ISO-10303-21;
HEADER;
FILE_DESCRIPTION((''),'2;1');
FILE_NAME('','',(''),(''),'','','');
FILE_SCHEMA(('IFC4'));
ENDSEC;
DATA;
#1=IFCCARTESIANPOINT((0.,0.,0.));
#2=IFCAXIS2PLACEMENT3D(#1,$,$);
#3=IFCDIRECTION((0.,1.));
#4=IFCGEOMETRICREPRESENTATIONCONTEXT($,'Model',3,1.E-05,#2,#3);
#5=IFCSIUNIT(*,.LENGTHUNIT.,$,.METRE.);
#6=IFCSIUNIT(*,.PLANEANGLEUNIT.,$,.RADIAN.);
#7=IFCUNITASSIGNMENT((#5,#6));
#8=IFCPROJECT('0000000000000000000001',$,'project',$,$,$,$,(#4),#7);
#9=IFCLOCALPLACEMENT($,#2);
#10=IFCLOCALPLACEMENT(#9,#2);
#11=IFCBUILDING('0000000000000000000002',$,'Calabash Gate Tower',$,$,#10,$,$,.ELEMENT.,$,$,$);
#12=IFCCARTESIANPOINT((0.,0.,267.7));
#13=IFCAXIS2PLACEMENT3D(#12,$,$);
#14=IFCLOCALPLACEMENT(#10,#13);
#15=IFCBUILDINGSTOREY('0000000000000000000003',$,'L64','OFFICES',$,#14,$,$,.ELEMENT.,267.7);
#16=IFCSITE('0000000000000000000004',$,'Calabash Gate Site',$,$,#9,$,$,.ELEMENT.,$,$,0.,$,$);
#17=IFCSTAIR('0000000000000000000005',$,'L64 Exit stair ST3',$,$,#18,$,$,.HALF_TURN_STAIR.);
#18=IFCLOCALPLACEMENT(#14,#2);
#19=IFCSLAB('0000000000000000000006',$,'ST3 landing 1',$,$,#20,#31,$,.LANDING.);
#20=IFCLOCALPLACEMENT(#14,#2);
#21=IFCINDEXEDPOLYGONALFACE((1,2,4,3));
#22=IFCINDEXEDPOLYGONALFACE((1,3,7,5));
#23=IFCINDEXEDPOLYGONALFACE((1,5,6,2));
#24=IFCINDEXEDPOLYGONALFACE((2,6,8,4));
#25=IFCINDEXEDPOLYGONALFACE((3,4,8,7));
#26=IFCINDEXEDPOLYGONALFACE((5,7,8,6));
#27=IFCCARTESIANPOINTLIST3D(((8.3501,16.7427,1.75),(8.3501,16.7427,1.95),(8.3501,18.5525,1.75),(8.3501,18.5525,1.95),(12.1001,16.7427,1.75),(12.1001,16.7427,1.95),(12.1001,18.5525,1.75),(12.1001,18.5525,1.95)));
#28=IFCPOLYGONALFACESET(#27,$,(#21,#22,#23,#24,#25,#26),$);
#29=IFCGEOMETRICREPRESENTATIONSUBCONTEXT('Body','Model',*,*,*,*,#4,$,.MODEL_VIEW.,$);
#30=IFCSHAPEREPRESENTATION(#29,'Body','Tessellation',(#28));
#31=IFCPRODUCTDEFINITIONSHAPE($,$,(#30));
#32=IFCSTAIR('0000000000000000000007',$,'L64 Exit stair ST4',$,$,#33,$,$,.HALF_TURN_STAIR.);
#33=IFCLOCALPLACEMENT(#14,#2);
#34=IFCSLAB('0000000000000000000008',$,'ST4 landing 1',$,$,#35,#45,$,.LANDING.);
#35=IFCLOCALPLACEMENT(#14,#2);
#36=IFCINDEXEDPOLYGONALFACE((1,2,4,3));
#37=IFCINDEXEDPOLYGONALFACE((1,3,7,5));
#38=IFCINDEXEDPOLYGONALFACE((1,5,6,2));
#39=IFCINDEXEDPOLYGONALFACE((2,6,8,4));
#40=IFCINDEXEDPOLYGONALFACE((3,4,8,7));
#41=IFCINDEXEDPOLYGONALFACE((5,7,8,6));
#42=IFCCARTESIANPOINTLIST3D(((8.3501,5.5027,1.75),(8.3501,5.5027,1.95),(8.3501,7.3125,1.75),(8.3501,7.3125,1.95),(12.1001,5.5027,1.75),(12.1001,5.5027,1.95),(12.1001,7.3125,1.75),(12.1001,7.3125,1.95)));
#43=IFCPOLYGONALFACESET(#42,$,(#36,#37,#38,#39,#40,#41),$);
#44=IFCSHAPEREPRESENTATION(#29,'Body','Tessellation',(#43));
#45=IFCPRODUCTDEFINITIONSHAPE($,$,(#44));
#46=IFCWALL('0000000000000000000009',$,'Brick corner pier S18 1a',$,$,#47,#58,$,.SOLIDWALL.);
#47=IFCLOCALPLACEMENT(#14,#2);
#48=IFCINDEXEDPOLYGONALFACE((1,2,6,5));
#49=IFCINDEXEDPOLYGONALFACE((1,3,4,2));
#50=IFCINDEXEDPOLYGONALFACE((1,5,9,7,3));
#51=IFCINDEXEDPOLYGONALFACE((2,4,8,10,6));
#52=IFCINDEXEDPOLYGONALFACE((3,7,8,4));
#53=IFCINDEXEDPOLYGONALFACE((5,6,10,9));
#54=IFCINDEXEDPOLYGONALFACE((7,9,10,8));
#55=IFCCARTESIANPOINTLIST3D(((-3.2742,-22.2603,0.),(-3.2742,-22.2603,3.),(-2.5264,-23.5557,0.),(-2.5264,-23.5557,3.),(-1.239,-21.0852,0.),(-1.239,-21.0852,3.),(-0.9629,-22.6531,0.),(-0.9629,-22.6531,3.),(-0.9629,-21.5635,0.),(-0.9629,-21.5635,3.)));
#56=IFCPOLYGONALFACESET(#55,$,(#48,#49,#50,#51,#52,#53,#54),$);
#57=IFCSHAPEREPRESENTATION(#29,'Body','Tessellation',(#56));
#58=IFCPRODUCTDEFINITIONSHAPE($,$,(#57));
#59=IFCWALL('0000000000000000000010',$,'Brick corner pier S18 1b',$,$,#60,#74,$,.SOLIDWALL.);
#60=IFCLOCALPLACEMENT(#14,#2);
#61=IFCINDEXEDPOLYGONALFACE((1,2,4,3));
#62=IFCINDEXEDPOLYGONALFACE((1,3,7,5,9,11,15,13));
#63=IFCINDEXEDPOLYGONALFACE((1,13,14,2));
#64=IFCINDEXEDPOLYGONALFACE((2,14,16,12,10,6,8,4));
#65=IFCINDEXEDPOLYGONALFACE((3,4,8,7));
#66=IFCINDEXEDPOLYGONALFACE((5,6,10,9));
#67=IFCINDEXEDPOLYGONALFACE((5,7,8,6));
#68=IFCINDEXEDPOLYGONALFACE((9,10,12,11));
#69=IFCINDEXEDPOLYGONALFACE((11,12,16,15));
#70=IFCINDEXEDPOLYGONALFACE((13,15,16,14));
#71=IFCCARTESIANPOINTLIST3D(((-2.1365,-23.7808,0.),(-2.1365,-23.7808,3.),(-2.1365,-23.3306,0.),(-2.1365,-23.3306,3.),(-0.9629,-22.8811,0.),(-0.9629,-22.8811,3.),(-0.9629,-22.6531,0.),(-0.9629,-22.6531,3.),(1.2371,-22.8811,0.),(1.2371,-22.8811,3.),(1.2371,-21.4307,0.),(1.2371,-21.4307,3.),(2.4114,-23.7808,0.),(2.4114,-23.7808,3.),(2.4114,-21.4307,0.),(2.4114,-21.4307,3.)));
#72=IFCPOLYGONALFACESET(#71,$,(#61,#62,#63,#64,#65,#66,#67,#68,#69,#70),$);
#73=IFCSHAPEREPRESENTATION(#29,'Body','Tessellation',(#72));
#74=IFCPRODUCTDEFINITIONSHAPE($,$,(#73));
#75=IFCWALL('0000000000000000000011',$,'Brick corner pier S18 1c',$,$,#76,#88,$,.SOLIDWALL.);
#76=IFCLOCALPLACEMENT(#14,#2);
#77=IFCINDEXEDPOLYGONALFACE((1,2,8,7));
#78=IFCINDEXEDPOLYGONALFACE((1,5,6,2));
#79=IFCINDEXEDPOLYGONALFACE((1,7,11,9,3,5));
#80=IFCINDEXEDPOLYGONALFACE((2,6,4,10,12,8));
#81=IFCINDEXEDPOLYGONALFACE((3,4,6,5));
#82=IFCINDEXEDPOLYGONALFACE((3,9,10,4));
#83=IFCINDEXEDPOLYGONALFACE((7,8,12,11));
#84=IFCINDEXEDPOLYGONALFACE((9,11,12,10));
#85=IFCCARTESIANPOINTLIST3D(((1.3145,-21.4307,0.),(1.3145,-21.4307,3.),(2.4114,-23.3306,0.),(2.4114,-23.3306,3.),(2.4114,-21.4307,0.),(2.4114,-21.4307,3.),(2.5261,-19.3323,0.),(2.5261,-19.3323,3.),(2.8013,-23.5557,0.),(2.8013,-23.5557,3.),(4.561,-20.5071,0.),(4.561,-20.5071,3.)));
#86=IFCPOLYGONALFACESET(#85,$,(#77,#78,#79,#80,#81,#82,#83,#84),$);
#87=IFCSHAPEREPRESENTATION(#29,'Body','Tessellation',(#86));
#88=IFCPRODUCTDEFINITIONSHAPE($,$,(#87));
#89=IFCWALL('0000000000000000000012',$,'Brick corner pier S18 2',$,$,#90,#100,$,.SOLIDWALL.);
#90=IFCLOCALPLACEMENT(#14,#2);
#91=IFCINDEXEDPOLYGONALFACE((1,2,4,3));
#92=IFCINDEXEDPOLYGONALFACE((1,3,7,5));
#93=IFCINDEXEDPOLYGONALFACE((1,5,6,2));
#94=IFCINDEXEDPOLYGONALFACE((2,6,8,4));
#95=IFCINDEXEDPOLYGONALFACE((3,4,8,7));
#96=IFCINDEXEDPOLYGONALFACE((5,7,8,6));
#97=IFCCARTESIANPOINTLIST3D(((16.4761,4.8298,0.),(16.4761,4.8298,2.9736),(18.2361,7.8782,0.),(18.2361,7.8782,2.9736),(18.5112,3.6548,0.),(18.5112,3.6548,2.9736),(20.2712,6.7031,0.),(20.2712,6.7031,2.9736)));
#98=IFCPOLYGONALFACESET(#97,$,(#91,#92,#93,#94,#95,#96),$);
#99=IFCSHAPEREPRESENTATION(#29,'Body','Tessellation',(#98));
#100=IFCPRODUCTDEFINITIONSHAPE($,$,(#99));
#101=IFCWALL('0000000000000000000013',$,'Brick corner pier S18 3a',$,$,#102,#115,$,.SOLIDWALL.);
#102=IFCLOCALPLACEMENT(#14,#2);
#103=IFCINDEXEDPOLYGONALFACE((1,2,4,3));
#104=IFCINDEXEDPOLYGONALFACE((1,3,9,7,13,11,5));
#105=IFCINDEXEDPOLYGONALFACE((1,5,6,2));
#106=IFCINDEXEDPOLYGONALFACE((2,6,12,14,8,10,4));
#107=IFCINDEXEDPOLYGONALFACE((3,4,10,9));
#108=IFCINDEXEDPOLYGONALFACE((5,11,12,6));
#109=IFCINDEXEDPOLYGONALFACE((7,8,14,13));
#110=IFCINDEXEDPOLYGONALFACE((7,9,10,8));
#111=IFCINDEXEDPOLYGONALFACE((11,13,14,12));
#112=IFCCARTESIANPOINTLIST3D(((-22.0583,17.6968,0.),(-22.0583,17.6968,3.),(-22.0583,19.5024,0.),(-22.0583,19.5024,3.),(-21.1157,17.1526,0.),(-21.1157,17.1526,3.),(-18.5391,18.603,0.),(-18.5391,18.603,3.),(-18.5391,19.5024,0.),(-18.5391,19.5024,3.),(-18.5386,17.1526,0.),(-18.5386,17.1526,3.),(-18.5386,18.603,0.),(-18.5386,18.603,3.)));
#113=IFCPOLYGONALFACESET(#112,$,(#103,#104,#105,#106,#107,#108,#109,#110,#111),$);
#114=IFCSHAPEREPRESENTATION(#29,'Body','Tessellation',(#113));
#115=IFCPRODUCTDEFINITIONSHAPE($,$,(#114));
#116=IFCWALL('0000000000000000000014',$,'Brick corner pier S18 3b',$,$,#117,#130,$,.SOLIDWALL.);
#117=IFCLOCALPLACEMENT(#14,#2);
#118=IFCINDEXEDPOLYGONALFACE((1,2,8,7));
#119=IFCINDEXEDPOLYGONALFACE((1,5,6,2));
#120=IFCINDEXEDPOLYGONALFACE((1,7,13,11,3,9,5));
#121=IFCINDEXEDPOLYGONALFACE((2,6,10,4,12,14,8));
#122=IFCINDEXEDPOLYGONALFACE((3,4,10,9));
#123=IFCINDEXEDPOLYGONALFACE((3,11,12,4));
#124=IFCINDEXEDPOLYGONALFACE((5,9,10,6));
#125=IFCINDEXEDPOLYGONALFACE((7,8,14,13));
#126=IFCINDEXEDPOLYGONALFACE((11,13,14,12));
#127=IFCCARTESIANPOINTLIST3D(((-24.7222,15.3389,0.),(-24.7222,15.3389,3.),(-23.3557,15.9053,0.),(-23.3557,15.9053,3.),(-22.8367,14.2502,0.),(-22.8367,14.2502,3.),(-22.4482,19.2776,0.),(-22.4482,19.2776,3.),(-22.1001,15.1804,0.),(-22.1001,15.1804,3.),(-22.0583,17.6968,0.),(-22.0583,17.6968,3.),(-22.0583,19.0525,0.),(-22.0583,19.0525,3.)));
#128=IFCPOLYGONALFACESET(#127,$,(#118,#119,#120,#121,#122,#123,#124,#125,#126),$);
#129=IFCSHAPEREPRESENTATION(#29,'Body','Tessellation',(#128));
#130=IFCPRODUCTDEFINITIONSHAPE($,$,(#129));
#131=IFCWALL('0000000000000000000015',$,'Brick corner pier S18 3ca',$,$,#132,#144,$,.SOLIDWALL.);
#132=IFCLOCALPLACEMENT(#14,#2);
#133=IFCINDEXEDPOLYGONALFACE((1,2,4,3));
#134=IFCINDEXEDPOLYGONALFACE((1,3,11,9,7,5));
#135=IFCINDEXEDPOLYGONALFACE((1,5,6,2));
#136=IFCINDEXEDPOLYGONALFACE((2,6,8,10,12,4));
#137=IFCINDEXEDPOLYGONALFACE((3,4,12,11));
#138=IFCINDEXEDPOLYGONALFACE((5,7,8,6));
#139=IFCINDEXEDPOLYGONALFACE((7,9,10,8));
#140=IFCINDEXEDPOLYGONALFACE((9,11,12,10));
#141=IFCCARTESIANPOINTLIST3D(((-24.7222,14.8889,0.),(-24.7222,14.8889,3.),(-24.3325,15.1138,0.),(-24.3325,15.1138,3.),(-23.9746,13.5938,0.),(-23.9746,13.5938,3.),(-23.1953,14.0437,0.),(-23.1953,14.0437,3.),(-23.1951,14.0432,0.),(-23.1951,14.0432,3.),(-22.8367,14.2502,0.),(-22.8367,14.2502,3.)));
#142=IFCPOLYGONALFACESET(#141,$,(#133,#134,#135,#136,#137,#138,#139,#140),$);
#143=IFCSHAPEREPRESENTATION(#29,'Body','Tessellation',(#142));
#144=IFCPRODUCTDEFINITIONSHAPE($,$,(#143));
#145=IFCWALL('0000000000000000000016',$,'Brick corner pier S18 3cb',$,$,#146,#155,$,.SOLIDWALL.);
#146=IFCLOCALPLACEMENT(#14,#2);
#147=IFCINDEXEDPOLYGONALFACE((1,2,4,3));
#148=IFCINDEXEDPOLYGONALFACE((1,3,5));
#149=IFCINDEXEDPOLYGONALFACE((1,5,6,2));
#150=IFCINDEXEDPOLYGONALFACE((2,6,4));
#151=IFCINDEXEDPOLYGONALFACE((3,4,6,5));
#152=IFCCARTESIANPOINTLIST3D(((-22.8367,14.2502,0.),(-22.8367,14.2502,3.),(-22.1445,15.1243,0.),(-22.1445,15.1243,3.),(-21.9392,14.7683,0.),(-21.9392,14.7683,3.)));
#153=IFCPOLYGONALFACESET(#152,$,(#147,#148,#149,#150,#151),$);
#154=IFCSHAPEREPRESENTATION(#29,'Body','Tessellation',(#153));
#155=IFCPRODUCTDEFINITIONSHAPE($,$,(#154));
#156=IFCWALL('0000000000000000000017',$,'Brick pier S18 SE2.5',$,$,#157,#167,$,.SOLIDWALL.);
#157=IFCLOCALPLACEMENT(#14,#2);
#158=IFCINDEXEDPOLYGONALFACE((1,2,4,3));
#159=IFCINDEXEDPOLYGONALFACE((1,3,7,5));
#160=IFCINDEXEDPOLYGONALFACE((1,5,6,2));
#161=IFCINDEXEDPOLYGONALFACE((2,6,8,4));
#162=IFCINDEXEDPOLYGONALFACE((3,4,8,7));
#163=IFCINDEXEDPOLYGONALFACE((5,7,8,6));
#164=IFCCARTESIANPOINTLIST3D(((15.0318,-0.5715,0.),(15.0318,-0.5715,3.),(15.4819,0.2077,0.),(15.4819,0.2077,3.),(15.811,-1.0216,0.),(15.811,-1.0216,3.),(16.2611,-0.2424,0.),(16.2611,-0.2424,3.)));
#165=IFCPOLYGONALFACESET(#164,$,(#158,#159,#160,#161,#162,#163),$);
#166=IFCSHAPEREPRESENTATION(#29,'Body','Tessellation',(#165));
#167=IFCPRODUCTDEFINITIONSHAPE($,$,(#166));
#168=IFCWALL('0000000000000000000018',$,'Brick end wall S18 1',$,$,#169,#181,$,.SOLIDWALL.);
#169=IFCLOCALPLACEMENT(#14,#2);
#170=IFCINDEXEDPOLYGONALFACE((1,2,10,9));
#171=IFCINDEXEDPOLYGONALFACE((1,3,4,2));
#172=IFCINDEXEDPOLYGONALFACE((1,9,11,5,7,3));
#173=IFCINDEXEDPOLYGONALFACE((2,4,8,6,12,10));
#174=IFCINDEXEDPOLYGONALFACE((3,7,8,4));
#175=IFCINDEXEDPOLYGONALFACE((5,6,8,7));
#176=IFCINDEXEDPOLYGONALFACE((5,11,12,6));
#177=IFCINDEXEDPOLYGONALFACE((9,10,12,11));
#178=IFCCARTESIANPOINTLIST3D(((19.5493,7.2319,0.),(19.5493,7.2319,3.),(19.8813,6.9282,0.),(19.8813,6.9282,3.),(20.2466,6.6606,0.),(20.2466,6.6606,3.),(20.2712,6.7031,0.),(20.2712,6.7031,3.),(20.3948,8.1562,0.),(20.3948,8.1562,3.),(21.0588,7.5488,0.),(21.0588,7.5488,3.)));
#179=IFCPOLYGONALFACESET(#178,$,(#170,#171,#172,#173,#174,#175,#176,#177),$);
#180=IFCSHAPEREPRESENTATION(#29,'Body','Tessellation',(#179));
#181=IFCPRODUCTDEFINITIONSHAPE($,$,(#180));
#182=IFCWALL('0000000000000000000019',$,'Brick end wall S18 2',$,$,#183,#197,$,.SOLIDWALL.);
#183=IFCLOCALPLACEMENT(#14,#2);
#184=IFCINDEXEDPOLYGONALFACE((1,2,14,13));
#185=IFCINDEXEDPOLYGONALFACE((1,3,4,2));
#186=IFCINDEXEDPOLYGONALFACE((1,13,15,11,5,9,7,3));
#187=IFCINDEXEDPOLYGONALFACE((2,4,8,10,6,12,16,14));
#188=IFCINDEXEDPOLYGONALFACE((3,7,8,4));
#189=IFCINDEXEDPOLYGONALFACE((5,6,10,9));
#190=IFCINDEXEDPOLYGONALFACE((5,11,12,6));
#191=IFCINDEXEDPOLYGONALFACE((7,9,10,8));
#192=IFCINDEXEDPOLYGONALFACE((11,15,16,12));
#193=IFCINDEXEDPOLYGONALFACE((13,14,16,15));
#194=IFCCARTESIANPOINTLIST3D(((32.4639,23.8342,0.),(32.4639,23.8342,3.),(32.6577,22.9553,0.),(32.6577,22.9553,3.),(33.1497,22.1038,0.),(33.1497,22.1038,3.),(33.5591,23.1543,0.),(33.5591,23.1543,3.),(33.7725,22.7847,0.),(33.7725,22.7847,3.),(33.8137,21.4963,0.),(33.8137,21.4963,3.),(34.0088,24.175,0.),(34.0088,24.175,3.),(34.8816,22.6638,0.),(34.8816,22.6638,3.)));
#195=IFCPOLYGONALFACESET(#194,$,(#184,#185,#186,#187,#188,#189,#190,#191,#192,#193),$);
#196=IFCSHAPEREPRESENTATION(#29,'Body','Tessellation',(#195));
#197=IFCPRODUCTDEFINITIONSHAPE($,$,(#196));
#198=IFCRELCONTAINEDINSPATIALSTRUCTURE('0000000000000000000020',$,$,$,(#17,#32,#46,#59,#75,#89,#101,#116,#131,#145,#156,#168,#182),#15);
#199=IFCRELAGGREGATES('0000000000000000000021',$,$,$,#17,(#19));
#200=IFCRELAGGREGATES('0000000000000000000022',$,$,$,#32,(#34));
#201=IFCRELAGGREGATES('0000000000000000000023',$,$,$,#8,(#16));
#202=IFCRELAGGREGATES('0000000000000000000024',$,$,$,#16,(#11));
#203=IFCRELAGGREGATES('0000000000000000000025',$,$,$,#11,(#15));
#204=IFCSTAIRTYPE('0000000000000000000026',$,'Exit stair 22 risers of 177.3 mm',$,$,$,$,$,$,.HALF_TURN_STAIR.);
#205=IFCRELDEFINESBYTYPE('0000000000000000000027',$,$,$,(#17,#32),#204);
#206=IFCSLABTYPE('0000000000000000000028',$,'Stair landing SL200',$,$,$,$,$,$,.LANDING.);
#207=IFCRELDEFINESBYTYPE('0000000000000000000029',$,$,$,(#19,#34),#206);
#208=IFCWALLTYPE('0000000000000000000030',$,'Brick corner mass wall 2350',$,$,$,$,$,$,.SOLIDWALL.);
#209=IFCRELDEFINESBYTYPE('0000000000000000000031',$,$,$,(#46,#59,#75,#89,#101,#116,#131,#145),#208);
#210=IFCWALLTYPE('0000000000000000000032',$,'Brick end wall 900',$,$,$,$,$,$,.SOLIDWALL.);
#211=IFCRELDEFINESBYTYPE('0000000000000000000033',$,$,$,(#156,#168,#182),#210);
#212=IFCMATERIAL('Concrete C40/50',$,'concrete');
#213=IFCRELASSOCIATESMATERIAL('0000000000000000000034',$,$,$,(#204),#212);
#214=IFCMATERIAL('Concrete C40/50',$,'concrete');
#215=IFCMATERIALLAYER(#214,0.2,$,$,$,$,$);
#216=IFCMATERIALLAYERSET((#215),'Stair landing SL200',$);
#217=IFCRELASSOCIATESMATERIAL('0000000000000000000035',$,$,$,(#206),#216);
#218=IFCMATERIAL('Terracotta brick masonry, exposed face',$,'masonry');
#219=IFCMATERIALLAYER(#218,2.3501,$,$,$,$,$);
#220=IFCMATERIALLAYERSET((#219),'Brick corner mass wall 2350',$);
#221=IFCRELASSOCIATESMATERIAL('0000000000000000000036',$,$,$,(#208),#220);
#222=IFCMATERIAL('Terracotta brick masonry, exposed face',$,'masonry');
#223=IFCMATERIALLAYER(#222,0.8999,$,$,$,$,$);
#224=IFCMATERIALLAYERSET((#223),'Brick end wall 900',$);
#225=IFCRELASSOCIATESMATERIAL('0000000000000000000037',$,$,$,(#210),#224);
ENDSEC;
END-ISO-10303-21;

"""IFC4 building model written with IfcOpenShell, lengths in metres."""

from ifc_helpers import new_model, si_unit, direction, frame, frame_2d, origin, place, context, subcontext, project, spatial, polyline, rectangle, outline, extrude, material, layer, layer_set, type_object, element, aggregate, save


model = new_model("IFC4")

# Units and contexts
model_context = context("Model", 3, precision=1e-05, world=origin(), true_north=direction((0.0, 1.0)))
body_context = subcontext(model_context, "Body", "Model", "MODEL_VIEW")
ifc_project = project(units=[si_unit("LENGTHUNIT", "METRE"), si_unit("PLANEANGLEUNIT", "RADIAN")], contexts=[model_context])

# Site, building, storey
site_placement = place(None, origin())
site = spatial("IfcSite", under=ifc_project, at=site_placement, Name="Calabash Gate Site", CompositionType="ELEMENT", RefElevation=0.0)
building_placement = place(site_placement, origin())
building = spatial("IfcBuilding", under=site, at=building_placement, Name="Calabash Gate Tower", CompositionType="ELEMENT")
storey_placement = place(building_placement, frame((0.0, 0.0, 267.7)))
storey = spatial("IfcBuildingStorey", under=building, at=storey_placement, Name="L64", Description="OFFICES", CompositionType="ELEMENT", Elevation=267.7)

# Stairs, slabs
ifc_material_1 = material(Name="Concrete C40/50", Category="concrete")
stair_type = type_object("IfcStairType", Name="Exit stair 22 risers of 177.3 mm", PredefinedType="HALF_TURN_STAIR", material=ifc_material_1)
ifc_material_2 = material(Name="Concrete C40/50", Category="concrete")
ifc_layer_1 = layer(ifc_material_2, 0.2)
ifc_layer_set_1 = layer_set([ifc_layer_1], Name="Stair landing SL200")
slab_type = type_object("IfcSlabType", Name="Stair landing SL200", PredefinedType="LANDING", material=ifc_layer_set_1)
stair_1_placement = place(storey_placement, origin())
stair_1 = element("IfcStair", 1, at=stair_1_placement, inside=storey, type_object=stair_type, Name="L64 Exit stair ST3", PredefinedType="HALF_TURN_STAIR")
slab_1_placement = place(storey_placement, frame((0.0, 0.0, 1.75)))
slab_1 = element("IfcSlab", 2, at=slab_1_placement, type_object=slab_type, Name="ST3 landing 1", PredefinedType="LANDING", context=body_context, shape_type="SweptSolid", body=[
    extrude(outline(polyline([(12.1001, 16.7427), (12.1001, 18.5525), (8.3501, 18.5525), (8.3501, 16.7427), (12.1001, 16.7427)])), origin(), (0.0, 0.0, 1.0), 0.2),
])
aggregate(stair_1, [slab_1])
stair_2_placement = place(storey_placement, origin())
stair_2 = element("IfcStair", 3, at=stair_2_placement, inside=storey, type_object=stair_type, Name="L64 Exit stair ST4", PredefinedType="HALF_TURN_STAIR")
slab_2_placement = place(storey_placement, frame((0.0, 0.0, 1.75)))
slab_2 = element("IfcSlab", 4, at=slab_2_placement, type_object=slab_type, Name="ST4 landing 1", PredefinedType="LANDING", context=body_context, shape_type="SweptSolid", body=[
    extrude(outline(polyline([(8.3501, 7.3125), (8.3501, 5.5027), (12.1001, 5.5027), (12.1001, 7.3125), (8.3501, 7.3125)])), origin(), (0.0, 0.0, 1.0), 0.2),
])
aggregate(stair_2, [slab_2])

# Walls
ifc_material_3 = material(Name="Terracotta brick masonry, exposed face", Category="masonry")
ifc_layer_2 = layer(ifc_material_3, 2.3501)
ifc_layer_set_2 = layer_set([ifc_layer_2], Name="Brick corner mass wall 2350")
wall_type_1 = type_object("IfcWallType", Name="Brick corner mass wall 2350", PredefinedType="SOLIDWALL", material=ifc_layer_set_2)
wall_1_placement = place(storey_placement, origin())
element("IfcWall", 5, at=wall_1_placement, inside=storey, type_object=wall_type_1, Name="Brick corner pier S18 1a", PredefinedType="SOLIDWALL", context=body_context, shape_type="SweptSolid", body=[
    extrude(outline(polyline([(-1.239, -21.0852), (-3.2742, -22.2603), (-2.5264, -23.5557), (-0.9629, -22.6531), (-0.9629, -21.5635), (-1.239, -21.0852)])), origin(), (0.0, 0.0, 1.0), 3.0),
])
wall_2_placement = place(storey_placement, origin())
element("IfcWall", 6, at=wall_2_placement, inside=storey, type_object=wall_type_1, Name="Brick corner pier S18 1b", PredefinedType="SOLIDWALL", context=body_context, shape_type="SweptSolid", body=[
    extrude(outline(polyline([(-0.9629, -22.8811), (-0.9629, -22.6531), (-2.1365, -23.3306), (-2.1365, -23.7808), (2.4114, -23.7808), (2.4114, -21.4307), (1.2371, -21.4307), (1.2371, -22.8811), (-0.9629, -22.8811)])), origin(), (0.0, 0.0, 1.0), 3.0),
])
wall_3_placement = place(storey_placement, origin())
element("IfcWall", 7, at=wall_3_placement, inside=storey, type_object=wall_type_1, Name="Brick corner pier S18 1c", PredefinedType="SOLIDWALL", context=body_context, shape_type="SweptSolid", body=[
    extrude(outline(polyline([(4.561, -20.5071), (2.5261, -19.3323), (1.3145, -21.4307), (2.4114, -21.4307), (2.4114, -23.3306), (2.8013, -23.5557), (4.561, -20.5071)])), origin(), (0.0, 0.0, 1.0), 3.0),
])
wall_4_placement = place(storey_placement, origin())
element("IfcWall", 8, at=wall_4_placement, inside=storey, type_object=wall_type_1, Name="Brick corner pier S18 2", PredefinedType="SOLIDWALL", context=body_context, shape_type="SweptSolid", body=[
    extrude(outline(polyline([(18.2361, 7.8782), (16.4761, 4.8298), (18.5112, 3.6548), (20.2712, 6.7031), (18.2361, 7.8782)])), origin(), (0.0, 0.0, 1.0), 2.9736),
])
wall_5_placement = place(storey_placement, origin())
element("IfcWall", 9, at=wall_5_placement, inside=storey, type_object=wall_type_1, Name="Brick corner pier S18 3a", PredefinedType="SOLIDWALL", context=body_context, shape_type="SweptSolid", body=[
    extrude(outline(polyline([(-21.1157, 17.1526), (-18.5386, 17.1526), (-18.5386, 18.603), (-18.5391, 18.603), (-18.5391, 19.5024), (-22.0583, 19.5024), (-22.0583, 17.6968), (-21.1157, 17.1526)])), origin(), (0.0, 0.0, 1.0), 3.0),
])
wall_6_placement = place(storey_placement, origin())
element("IfcWall", 10, at=wall_6_placement, inside=storey, type_object=wall_type_1, Name="Brick corner pier S18 3b", PredefinedType="SOLIDWALL", context=body_context, shape_type="SweptSolid", body=[
    extrude(outline(polyline([(-23.3557, 15.9053), (-22.0583, 17.6968), (-22.0583, 19.0525), (-22.4482, 19.2776), (-24.7222, 15.3389), (-22.8367, 14.2502), (-22.1001, 15.1804), (-23.3557, 15.9053)])), origin(), (0.0, 0.0, 1.0), 3.0),
])
wall_7_placement = place(storey_placement, origin())
element("IfcWall", 11, at=wall_7_placement, inside=storey, type_object=wall_type_1, Name="Brick corner pier S18 3ca", PredefinedType="SOLIDWALL", context=body_context, shape_type="SweptSolid", body=[
    extrude(outline(polyline([(-23.9746, 13.5938), (-23.1953, 14.0437), (-23.1951, 14.0432), (-22.8367, 14.2502), (-24.3325, 15.1138), (-24.7222, 14.8889), (-23.9746, 13.5938)])), origin(), (0.0, 0.0, 1.0), 3.0),
])
wall_8_placement = place(storey_placement, origin())
element("IfcWall", 12, at=wall_8_placement, inside=storey, type_object=wall_type_1, Name="Brick corner pier S18 3cb", PredefinedType="SOLIDWALL", context=body_context, shape_type="SweptSolid", body=[
    extrude(outline(polyline([(-21.9392, 14.7683), (-22.1445, 15.1243), (-22.8367, 14.2502), (-21.9392, 14.7683)])), origin(), (0.0, 0.0, 1.0), 3.0),
])
ifc_material_4 = material(Name="Terracotta brick masonry, exposed face", Category="masonry")
ifc_layer_3 = layer(ifc_material_4, 0.8999)
ifc_layer_set_3 = layer_set([ifc_layer_3], Name="Brick end wall 900")
wall_type_2 = type_object("IfcWallType", Name="Brick end wall 900", PredefinedType="SOLIDWALL", material=ifc_layer_set_3)
wall_9_placement = place(storey_placement, frame((15.2568, -0.1819, 0.0), z_axis=(0.0, 0.0, 1.0), x_axis=(0.865896, -0.500223, 0.0)))
element("IfcWall", 13, at=wall_9_placement, inside=storey, type_object=wall_type_2, Name="Brick pier S18 SE2.5", PredefinedType="SOLIDWALL", context=body_context, shape_type="SweptSolid", body=[
    extrude(rectangle(XDim=0.8999, YDim=0.8999, at=frame_2d((0.45, 0.0))), origin(), (0.0, 0.0, 1.0), 3.0),
])
wall_10_placement = place(storey_placement, origin())
element("IfcWall", 14, at=wall_10_placement, inside=storey, type_object=wall_type_2, Name="Brick end wall S18 1", PredefinedType="SOLIDWALL", context=body_context, shape_type="SweptSolid", body=[
    extrude(outline(polyline([(20.3948, 8.1562), (19.5493, 7.2319), (19.8813, 6.9282), (20.2712, 6.7031), (20.2466, 6.6606), (21.0588, 7.5488), (20.3948, 8.1562)])), origin(), (0.0, 0.0, 1.0), 3.0),
])
wall_11_placement = place(storey_placement, origin())
element("IfcWall", 15, at=wall_11_placement, inside=storey, type_object=wall_type_2, Name="Brick end wall S18 2", PredefinedType="SOLIDWALL", context=body_context, shape_type="SweptSolid", body=[
    extrude(outline(polyline([(33.8137, 21.4963), (34.8816, 22.6638), (34.0088, 24.175), (32.4639, 23.8342), (32.6577, 22.9553), (33.5591, 23.1543), (33.7725, 22.7847), (33.1497, 22.1038), (33.8137, 21.4963)])), origin(), (0.0, 0.0, 1.0), 3.0),
])

save(model, "model.ifc")
